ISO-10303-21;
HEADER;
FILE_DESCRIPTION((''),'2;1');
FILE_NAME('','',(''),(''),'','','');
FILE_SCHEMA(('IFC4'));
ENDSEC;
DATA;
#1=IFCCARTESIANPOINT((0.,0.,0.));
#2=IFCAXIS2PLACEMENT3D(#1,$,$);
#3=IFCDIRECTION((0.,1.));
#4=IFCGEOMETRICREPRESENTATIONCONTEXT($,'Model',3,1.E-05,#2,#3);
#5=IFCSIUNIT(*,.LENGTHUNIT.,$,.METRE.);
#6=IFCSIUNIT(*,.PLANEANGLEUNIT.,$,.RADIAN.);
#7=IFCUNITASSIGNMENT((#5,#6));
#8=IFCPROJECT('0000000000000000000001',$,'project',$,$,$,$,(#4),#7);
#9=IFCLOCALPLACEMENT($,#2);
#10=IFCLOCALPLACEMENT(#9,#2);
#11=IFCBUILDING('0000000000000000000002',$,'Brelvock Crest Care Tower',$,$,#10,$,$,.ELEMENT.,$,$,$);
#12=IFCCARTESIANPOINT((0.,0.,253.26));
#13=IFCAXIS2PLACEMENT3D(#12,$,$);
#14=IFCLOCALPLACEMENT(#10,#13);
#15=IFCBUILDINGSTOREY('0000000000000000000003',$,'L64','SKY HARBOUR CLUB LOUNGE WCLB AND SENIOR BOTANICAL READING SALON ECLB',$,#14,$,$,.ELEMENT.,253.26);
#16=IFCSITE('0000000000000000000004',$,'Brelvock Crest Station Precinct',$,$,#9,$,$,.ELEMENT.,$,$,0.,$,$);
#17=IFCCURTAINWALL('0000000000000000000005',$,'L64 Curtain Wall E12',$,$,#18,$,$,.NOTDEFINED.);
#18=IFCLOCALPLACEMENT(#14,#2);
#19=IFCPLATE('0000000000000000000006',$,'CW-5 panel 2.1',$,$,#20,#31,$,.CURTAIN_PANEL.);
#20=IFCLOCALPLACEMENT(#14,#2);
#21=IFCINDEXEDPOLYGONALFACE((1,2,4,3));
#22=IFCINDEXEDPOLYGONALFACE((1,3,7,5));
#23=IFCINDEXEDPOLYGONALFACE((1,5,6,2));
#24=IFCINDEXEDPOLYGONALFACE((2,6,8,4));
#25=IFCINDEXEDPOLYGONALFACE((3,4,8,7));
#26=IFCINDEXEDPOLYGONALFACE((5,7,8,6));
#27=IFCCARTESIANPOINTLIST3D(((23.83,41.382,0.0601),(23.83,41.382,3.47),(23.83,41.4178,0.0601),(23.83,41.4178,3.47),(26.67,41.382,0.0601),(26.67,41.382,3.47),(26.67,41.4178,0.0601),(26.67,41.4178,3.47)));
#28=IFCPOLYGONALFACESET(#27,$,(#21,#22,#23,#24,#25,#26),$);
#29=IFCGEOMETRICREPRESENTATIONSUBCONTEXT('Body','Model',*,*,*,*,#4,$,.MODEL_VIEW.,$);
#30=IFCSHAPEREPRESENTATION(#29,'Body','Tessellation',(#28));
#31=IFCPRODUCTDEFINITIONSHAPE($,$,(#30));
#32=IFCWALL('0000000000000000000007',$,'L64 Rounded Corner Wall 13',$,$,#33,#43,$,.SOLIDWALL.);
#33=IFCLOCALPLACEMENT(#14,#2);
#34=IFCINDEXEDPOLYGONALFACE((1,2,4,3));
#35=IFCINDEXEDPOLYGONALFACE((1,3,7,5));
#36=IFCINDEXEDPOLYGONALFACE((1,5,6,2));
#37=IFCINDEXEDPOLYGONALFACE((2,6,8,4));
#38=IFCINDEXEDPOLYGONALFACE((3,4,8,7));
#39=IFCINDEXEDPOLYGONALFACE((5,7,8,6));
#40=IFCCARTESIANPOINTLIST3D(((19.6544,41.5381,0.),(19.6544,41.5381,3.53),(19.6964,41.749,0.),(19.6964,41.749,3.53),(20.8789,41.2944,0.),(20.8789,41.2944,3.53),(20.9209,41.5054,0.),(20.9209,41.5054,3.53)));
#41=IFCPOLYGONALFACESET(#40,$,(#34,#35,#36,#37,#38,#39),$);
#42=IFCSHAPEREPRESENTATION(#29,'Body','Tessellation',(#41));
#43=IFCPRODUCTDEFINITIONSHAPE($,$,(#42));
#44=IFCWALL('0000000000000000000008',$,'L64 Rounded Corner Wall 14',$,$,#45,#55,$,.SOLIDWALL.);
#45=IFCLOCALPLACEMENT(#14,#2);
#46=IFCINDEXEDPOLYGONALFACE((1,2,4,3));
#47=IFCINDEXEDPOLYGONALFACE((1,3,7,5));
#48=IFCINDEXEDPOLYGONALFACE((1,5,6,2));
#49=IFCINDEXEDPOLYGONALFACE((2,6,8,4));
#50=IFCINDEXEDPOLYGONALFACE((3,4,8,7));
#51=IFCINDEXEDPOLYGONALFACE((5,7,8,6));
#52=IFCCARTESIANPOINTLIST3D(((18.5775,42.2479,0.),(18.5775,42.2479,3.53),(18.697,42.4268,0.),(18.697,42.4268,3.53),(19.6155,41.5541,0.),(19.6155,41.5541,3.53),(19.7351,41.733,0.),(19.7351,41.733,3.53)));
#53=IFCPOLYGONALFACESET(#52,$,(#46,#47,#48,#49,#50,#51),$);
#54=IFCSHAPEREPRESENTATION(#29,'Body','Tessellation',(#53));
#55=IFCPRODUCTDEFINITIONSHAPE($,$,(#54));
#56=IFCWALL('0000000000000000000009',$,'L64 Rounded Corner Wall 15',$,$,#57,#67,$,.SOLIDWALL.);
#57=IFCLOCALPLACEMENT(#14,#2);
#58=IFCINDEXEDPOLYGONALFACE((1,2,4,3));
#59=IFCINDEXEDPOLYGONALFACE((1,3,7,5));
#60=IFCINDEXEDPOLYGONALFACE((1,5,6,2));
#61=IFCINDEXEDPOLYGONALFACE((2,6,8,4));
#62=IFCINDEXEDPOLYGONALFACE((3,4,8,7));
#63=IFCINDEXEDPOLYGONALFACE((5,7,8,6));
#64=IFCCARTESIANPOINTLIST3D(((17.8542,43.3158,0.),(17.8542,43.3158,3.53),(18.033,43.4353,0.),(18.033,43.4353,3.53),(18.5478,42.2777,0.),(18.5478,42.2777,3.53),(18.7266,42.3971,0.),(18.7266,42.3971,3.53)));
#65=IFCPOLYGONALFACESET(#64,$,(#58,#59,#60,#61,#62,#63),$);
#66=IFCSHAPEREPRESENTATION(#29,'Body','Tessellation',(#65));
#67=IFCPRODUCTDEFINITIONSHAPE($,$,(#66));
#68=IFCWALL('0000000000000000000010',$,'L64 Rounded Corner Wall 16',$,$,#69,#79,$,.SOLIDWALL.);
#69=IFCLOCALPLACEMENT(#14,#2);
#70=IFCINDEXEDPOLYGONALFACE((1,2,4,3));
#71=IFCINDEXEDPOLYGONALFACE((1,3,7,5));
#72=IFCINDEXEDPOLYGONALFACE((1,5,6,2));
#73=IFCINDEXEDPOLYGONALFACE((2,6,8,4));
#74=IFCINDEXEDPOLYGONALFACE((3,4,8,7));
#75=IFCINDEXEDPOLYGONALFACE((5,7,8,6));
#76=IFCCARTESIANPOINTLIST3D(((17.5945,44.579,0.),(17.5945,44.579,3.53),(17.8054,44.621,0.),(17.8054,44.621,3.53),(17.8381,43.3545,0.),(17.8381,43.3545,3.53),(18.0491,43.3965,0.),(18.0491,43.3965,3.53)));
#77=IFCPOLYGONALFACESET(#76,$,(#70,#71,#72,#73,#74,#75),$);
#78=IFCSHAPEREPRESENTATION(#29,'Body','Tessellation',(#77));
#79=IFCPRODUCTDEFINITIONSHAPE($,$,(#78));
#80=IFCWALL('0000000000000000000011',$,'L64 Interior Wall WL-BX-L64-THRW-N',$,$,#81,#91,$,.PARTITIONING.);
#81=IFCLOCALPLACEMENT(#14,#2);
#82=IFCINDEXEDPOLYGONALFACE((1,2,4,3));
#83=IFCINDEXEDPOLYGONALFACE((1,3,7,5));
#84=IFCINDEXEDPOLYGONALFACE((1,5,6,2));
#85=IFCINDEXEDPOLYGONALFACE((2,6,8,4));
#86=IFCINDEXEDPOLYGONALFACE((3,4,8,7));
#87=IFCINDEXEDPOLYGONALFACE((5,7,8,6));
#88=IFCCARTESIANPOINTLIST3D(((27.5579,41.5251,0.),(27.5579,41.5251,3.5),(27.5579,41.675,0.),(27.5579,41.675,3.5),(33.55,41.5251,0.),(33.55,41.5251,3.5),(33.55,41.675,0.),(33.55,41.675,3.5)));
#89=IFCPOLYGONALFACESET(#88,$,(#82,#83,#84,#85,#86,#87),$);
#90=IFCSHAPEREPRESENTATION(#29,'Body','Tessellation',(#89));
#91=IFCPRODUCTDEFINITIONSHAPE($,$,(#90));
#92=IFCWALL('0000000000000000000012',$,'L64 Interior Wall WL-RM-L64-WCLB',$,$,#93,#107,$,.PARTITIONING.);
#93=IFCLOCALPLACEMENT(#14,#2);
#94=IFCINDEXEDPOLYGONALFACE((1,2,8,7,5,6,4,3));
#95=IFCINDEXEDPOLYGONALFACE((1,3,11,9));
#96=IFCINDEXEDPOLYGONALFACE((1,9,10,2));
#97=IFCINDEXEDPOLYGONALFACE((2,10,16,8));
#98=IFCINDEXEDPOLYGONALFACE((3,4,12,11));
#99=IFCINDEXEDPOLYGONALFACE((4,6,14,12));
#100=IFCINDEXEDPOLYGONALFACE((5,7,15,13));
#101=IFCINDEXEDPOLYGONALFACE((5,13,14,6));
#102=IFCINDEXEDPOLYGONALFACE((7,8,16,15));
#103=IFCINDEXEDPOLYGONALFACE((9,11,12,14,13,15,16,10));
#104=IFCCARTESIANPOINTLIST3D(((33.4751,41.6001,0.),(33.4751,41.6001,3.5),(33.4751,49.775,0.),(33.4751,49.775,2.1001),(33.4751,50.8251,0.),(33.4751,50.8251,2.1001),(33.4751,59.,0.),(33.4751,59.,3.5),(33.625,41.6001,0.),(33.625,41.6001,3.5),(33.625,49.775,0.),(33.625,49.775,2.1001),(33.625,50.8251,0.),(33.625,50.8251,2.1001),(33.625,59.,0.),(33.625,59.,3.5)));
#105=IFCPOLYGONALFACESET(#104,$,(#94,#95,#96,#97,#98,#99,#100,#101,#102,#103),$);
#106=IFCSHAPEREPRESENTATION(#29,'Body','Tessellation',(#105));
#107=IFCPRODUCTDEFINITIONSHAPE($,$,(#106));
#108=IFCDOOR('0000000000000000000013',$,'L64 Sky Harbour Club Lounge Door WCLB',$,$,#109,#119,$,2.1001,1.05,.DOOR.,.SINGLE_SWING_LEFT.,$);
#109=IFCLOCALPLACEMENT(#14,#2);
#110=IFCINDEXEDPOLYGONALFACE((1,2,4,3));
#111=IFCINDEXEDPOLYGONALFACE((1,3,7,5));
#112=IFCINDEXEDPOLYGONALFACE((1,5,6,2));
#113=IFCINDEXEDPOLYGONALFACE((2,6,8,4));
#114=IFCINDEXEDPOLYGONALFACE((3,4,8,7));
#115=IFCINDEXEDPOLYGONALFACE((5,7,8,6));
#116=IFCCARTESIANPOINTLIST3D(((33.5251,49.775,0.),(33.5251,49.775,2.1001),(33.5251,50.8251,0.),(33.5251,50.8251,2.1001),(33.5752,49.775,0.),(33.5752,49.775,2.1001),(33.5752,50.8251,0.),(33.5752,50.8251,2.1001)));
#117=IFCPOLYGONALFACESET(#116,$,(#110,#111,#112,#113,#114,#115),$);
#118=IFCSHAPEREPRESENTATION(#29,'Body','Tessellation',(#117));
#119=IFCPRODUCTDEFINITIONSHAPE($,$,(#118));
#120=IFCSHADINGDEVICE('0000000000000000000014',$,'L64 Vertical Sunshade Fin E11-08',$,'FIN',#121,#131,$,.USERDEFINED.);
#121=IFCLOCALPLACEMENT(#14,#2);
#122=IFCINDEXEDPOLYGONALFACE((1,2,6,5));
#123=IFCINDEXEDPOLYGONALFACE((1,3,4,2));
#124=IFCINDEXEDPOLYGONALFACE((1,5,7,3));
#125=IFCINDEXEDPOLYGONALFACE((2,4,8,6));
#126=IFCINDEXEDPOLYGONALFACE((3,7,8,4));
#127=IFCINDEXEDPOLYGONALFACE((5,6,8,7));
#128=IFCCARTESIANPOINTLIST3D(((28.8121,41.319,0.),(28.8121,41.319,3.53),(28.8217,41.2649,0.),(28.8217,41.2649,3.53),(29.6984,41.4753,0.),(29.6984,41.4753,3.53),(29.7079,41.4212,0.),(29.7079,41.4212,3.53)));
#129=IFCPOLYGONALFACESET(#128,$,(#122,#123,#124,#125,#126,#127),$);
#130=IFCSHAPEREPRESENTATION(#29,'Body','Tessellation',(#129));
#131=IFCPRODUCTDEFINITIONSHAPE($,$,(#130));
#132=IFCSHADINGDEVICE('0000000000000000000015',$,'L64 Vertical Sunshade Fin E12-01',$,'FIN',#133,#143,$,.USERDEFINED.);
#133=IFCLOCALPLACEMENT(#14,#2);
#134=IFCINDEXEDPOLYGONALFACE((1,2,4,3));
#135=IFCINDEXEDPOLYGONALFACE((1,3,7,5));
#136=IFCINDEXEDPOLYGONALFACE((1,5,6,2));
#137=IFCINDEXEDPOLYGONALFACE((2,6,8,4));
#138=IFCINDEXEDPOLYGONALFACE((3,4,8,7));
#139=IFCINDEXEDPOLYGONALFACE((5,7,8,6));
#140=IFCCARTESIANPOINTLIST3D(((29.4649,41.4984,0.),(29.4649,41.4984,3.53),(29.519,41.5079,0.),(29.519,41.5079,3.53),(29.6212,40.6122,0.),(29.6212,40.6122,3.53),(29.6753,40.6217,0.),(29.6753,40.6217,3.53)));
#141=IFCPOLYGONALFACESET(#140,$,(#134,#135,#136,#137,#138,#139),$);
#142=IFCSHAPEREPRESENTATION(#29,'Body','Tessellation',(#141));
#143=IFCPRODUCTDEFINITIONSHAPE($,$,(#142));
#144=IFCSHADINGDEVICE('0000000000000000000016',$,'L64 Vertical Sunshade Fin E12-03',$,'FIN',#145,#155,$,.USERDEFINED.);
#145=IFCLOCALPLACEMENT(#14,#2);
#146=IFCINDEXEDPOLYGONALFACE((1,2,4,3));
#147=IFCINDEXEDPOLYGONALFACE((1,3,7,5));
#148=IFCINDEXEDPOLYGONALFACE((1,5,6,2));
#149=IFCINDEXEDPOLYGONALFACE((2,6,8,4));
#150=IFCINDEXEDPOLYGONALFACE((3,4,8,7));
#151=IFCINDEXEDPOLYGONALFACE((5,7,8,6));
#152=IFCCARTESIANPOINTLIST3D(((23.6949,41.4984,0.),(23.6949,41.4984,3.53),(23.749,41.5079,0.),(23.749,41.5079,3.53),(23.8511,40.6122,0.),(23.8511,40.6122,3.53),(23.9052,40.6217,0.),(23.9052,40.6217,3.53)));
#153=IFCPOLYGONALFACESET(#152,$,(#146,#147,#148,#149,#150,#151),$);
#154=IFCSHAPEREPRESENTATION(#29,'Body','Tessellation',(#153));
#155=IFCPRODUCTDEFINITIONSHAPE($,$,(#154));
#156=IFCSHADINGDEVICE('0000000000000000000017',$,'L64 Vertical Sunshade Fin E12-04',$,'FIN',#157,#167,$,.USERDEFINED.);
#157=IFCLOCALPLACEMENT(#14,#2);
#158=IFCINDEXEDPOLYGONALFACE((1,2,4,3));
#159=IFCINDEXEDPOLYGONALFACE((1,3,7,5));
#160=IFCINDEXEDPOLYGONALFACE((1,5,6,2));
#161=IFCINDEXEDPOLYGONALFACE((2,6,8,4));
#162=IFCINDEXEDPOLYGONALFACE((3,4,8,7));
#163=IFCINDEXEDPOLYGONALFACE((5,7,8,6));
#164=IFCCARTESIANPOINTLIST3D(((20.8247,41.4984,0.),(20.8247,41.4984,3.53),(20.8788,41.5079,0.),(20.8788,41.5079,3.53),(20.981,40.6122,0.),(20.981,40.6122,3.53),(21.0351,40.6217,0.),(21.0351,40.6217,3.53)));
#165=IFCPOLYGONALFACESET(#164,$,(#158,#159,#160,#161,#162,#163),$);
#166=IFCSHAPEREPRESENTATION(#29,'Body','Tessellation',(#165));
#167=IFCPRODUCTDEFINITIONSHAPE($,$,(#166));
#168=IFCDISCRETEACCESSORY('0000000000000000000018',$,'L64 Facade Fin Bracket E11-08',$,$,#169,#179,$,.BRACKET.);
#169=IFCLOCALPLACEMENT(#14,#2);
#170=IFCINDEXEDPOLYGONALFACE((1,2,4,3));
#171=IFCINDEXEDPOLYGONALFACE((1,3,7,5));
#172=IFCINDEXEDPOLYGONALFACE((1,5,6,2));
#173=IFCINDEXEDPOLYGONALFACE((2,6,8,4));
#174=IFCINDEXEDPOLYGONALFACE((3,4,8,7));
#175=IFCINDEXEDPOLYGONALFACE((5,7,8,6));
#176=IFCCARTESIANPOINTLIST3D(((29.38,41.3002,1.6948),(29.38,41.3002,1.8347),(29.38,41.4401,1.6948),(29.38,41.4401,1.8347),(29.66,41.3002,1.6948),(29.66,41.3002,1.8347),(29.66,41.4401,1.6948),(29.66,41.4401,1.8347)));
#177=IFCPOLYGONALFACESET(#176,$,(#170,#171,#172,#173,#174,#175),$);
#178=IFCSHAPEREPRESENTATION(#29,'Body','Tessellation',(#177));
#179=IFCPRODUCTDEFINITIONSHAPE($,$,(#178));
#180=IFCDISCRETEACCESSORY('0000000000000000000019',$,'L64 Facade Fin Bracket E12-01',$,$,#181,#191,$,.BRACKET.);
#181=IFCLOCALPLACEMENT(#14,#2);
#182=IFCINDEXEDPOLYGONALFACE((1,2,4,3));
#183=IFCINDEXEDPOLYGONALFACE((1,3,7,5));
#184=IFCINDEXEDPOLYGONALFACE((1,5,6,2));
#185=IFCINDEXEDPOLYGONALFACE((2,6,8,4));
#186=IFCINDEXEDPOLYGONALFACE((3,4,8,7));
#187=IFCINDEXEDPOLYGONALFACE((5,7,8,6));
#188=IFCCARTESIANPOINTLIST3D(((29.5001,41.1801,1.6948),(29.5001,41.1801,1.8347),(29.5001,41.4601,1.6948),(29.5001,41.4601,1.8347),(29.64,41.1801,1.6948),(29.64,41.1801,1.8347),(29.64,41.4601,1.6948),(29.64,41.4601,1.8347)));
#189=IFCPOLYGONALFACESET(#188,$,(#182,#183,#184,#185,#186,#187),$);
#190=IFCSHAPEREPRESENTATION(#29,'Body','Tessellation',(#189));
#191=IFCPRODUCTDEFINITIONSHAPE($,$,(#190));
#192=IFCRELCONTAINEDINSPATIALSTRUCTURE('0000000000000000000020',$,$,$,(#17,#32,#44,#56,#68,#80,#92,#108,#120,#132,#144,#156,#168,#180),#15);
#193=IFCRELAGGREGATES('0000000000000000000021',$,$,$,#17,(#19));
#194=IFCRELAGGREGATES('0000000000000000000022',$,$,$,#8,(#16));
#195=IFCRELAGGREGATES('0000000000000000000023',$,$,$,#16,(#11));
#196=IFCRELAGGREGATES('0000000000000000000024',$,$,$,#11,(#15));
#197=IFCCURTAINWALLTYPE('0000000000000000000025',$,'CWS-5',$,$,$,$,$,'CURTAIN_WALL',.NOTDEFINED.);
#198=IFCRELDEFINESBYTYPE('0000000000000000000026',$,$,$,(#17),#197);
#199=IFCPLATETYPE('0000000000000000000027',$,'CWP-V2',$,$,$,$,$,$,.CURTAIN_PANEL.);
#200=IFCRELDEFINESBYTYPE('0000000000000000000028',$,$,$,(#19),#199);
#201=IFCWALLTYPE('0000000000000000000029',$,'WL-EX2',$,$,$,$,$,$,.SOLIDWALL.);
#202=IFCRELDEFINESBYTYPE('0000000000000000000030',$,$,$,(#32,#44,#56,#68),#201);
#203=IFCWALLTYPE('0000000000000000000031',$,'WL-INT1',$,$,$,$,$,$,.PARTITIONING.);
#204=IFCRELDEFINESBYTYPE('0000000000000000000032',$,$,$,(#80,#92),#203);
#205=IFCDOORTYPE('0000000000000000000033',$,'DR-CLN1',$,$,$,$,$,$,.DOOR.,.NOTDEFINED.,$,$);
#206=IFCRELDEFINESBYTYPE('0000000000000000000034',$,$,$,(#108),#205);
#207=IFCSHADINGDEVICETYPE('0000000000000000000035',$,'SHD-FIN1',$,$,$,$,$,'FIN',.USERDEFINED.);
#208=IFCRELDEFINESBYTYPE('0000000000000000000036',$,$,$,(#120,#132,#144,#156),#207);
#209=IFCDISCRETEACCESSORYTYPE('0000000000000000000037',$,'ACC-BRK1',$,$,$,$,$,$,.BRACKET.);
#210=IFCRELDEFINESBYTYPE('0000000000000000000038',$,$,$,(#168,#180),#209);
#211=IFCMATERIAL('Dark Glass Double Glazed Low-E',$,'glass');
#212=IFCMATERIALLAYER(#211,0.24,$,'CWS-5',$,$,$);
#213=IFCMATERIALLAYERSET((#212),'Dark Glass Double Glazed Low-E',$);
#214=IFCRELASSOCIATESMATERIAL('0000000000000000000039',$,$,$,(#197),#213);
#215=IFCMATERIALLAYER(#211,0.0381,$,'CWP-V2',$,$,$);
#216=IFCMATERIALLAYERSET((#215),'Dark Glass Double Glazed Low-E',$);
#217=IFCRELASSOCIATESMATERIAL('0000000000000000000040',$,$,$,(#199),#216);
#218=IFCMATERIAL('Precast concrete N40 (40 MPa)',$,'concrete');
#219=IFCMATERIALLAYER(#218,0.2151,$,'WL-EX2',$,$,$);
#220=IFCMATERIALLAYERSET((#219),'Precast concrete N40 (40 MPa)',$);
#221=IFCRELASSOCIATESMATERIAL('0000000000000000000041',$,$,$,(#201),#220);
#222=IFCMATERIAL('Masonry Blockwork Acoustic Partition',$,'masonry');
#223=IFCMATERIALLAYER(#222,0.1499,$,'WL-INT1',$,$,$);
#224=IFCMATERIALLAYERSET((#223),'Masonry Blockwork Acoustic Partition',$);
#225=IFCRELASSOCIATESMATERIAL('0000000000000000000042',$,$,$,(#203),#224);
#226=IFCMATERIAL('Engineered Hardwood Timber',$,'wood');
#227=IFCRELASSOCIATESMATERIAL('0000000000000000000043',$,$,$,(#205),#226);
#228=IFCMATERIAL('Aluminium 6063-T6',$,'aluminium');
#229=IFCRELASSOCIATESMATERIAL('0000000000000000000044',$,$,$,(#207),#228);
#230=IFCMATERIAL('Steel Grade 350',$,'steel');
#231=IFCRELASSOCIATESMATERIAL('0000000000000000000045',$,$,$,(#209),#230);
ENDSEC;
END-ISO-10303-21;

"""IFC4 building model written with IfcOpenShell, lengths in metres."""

from ifc_helpers import new_model, si_unit, direction, frame, frame_2d, origin, origin_2d, place, context, subcontext, project, spatial, rectangle, extrude, source, transform, mapped, material, layer, layer_set, material_profile, profile_set, type_object, element, fill, aggregate, save


model = new_model("IFC4")

# Units and contexts
model_context = context("Model", 3, precision=1e-05, world=origin(), true_north=direction((0.0, 1.0)))
body_context = subcontext(model_context, "Body", "Model", "MODEL_VIEW")
ifc_project = project(units=[si_unit("LENGTHUNIT", "METRE"), si_unit("PLANEANGLEUNIT", "RADIAN")], contexts=[model_context])

# Site, building, storey
site_placement = place(None, origin())
site = spatial("IfcSite", under=ifc_project, at=site_placement, Name="Brelvock Crest Station Precinct", CompositionType="ELEMENT", RefElevation=0.0)
building_placement = place(site_placement, origin())
building = spatial("IfcBuilding", under=site, at=building_placement, Name="Brelvock Crest Care Tower", CompositionType="ELEMENT")
storey_placement = place(building_placement, frame((0.0, 0.0, 253.26)))
storey = spatial("IfcBuildingStorey", under=building, at=storey_placement, Name="L64", Description="SKY HARBOUR CLUB LOUNGE WCLB AND SENIOR BOTANICAL READING SALON ECLB", CompositionType="ELEMENT", Elevation=253.26)

# Shared definitions
ifc_material_1 = material(Name="Steel Grade 350", Category="steel")

# Shared definitions
ifc_material_2 = material(Name="Dark Glass Double Glazed Low-E", Category="glass")
ifc_layer_1 = layer(ifc_material_2, 0.24, Name="CWS-5")
ifc_layer_set_1 = layer_set([ifc_layer_1], Name="Dark Glass Double Glazed Low-E")
curtain_wall_type = type_object("IfcCurtainWallType", Name="CWS-5", ElementType="CURTAIN_WALL", PredefinedType="NOTDEFINED", material=ifc_layer_set_1)
ifc_material_3 = material(Name="Aluminium 6063-T6", Category="aluminium")

# Curtain wall
curtain_wall_1_placement = place(storey_placement, origin())
curtain_wall_1 = element("IfcCurtainWall", 1, at=curtain_wall_1_placement, inside=storey, type_object=curtain_wall_type, Name="L64 Curtain Wall E12", PredefinedType="NOTDEFINED")

# Plate
ifc_layer_2 = layer(ifc_material_2, 0.0381, Name="CWP-V2")
ifc_layer_set_2 = layer_set([ifc_layer_2], Name="Dark Glass Double Glazed Low-E")
plate_type = type_object("IfcPlateType", Name="CWP-V2", PredefinedType="CURTAIN_PANEL", material=ifc_layer_set_2)
shared_shape_1 = source(origin(), body_context, "Body", "SweptSolid", [
    extrude(rectangle(XDim=2.8401, YDim=0.0359, at=origin_2d()), origin(), (0.0, 0.0, 1.0), 3.4099),
])
plate_1_placement = place(storey_placement, frame((25.25, 41.3999, 0.0601), z_axis=(0.0, 0.0, 1.0), x_axis=(-1.0, 0.0, 0.0)))
plate_1 = element("IfcPlate", 2, at=plate_1_placement, type_object=plate_type, Name="CW-5 panel 2.1", PredefinedType="CURTAIN_PANEL", context=body_context, shape_type="MappedRepresentation", body=[
    mapped(shared_shape_1, transform((0.0, 0.0, 0.0), x_axis=(1.0, 0.0, 0.0), y_axis=(0.0, 1.0, 0.0), z_axis=(0.0, 0.0, 1.0), scale=1.0)),
])
aggregate(curtain_wall_1, [plate_1])

# Walls
ifc_material_4 = material(Name="Precast concrete N40 (40 MPa)", Category="concrete")
ifc_layer_3 = layer(ifc_material_4, 0.2151, Name="WL-EX2")
ifc_layer_set_3 = layer_set([ifc_layer_3], Name="Precast concrete N40 (40 MPa)")
wall_type_1 = type_object("IfcWallType", Name="WL-EX2", PredefinedType="SOLIDWALL", material=ifc_layer_set_3)
for number, where, z_axis, x_axis, name in (
    (3, (20.8999, 41.3999, 0.0), (0.0, 0.0, 1.0), (-0.980776, 0.195138, 0.0), "L64 Rounded Corner Wall 13"),
    (4, (19.6753, 41.6436, 0.0), (0.0, 0.0, 1.0), (-0.831388, 0.555692, 0.0), "L64 Rounded Corner Wall 14"),
    (5, (18.6372, 42.3374, 0.0), (0.0, 0.0, 1.0), (-0.555557, 0.831478, 0.0), "L64 Rounded Corner Wall 15"),
    (6, (17.9436, 43.3755, 0.0), (0.0, 0.0, 1.0), (-0.195138, 0.980776, 0.0), "L64 Rounded Corner Wall 16"),
):
    element("IfcWall", number, at=place(storey_placement, frame(where, z_axis=z_axis, x_axis=x_axis)), inside=storey, type_object=wall_type_1, Name=name, PredefinedType="SOLIDWALL", context=body_context, shape_type="SweptSolid", body=[
        extrude(rectangle(XDim=1.2485, YDim=0.2151, at=frame_2d((0.6243, 0.0))), origin(), (0.0, 0.0, 1.0), 3.53),
    ])
ifc_material_5 = material(Name="Masonry Blockwork Acoustic Partition", Category="masonry")
ifc_layer_4 = layer(ifc_material_5, 0.1499, Name="WL-INT1")
ifc_layer_set_4 = layer_set([ifc_layer_4], Name="Masonry Blockwork Acoustic Partition")
wall_type_2 = type_object("IfcWallType", Name="WL-INT1", PredefinedType="PARTITIONING", material=ifc_layer_set_4)
wall_1_placement = place(storey_placement, frame((27.5579, 41.6001, 0.0), z_axis=(0.0, 0.0, 1.0), x_axis=(1.0, 0.0, 0.0)))
element("IfcWall", 7, at=wall_1_placement, inside=storey, type_object=wall_type_2, Name="L64 Interior Wall WL-BX-L64-THRW-N", PredefinedType="PARTITIONING", context=body_context, shape_type="SweptSolid", body=[
    extrude(rectangle(XDim=5.9922, YDim=0.1499, at=frame_2d((2.9961, 0.0))), origin(), (0.0, 0.0, 1.0), 3.5),
])

# Wall, opening, door
wall_2_placement = place(storey_placement, frame((33.55, 41.6001, 0.0), z_axis=(0.0, 0.0, 1.0), x_axis=(0.0, 1.0, 0.0)))
wall_2 = element("IfcWall", 8, at=wall_2_placement, inside=storey, type_object=wall_type_2, Name="L64 Interior Wall WL-RM-L64-WCLB", PredefinedType="PARTITIONING", context=body_context, shape_type="SweptSolid", body=[
    extrude(rectangle(XDim=17.3999, YDim=0.1499, at=frame_2d((8.7, 0.0))), origin(), (0.0, 0.0, 1.0), 3.5),
])
opening_placement = place(wall_2_placement, frame((8.175, 0.0, 0.0)))
opening = element("IfcOpeningElement", 9, at=opening_placement, cuts=wall_2, PredefinedType="OPENING", context=body_context, shape_type="SweptSolid", body=[
    extrude(rectangle(XDim=1.05, YDim=2.1001, at=origin_2d()), frame((0.5249, 0.085, 1.05), z_axis=(0.0, -1.0, 0.0), x_axis=(1.0, 0.0, 0.0)), (0.0, 0.0, 1.0), 0.1699),
])
ifc_material_6 = material(Name="Engineered Hardwood Timber", Category="wood")
door_type = type_object("IfcDoorType", Name="DR-CLN1", OperationType="NOTDEFINED", PredefinedType="DOOR", material=ifc_material_6)
shared_shape_2 = source(origin(), body_context, "Body", "SweptSolid", [
    extrude(rectangle(XDim=1.05, YDim=2.1001, at=origin_2d()), frame((0.5249, 0.0249, 1.05), z_axis=(0.0, -1.0, 0.0), x_axis=(1.0, 0.0, 0.0)), (0.0, 0.0, 1.0), 0.05),
])
door_placement = place(opening_placement, origin())
door = element("IfcDoor", 10, at=door_placement, inside=storey, type_object=door_type, Name="L64 Sky Harbour Club Lounge Door WCLB", OperationType="SINGLE_SWING_LEFT", OverallHeight=2.1001, OverallWidth=1.05, PredefinedType="DOOR", context=body_context, shape_type="MappedRepresentation", body=[
    mapped(shared_shape_2, transform((0.0, 0.0, 0.0), x_axis=(1.0, 0.0, 0.0), y_axis=(0.0, 1.0, 0.0), z_axis=(0.0, 0.0, 1.0), scale=1.0)),
])
fill(opening, door)

# Shading devices
ifc_material_profile_1 = material_profile(ifc_material_3, rectangle(XDim=0.0549, YDim=0.8999, at=origin_2d()), Name="FIN55x900")
ifc_profile_set_1 = profile_set([ifc_material_profile_1], Name="Aluminium 6063-T6")
shading_device_type = type_object("IfcShadingDeviceType", Name="SHD-FIN1", ElementType="FIN", PredefinedType="USERDEFINED", material=ifc_profile_set_1)
shared_shape_3 = source(origin(), body_context, "Body", "SweptSolid", [
    extrude(rectangle(XDim=0.0549, YDim=0.8999, at=origin_2d()), origin(), (0.0, 0.0, 1.0), 3.53),
])
for number, where, z_axis, x_axis, name in (
    (11, (29.26, 41.3701, 0.0), (0.0, 0.0, 1.0), (-0.173648, 0.984808, 0.0), "L64 Vertical Sunshade Fin E11-08"),
    (12, (29.5701, 41.0601, 0.0), (0.0, 0.0, 1.0), (-0.984808, -0.173648, 0.0), "L64 Vertical Sunshade Fin E12-01"),
    (13, (23.8, 41.0601, 0.0), (0.0, 0.0, 1.0), (-0.984808, -0.173648, 0.0), "L64 Vertical Sunshade Fin E12-03"),
    (14, (20.9299, 41.0601, 0.0), (0.0, 0.0, 1.0), (-0.984808, -0.173648, 0.0), "L64 Vertical Sunshade Fin E12-04"),
):
    element("IfcShadingDevice", number, at=place(storey_placement, frame(where, z_axis=z_axis, x_axis=x_axis)), inside=storey, type_object=shading_device_type, Name=name, ObjectType="FIN", PredefinedType="USERDEFINED", context=body_context, shape_type="MappedRepresentation", body=[
        mapped(shared_shape_3, transform((0.0, 0.0, 0.0), x_axis=(1.0, 0.0, 0.0), y_axis=(0.0, 1.0, 0.0), z_axis=(0.0, 0.0, 1.0), scale=1.0)),
    ])

# Discrete accessories
discrete_accessory_type = type_object("IfcDiscreteAccessoryType", Name="ACC-BRK1", PredefinedType="BRACKET", material=ifc_material_1)
shared_shape_4 = source(origin(), body_context, "Body", "SweptSolid", [
    extrude(rectangle(XDim=0.28, YDim=0.1399, at=origin_2d()), origin(), (0.0, 0.0, 1.0), 0.1399),
])
for number, where, z_axis, x_axis, name in (
    (15, (29.52, 41.3701, 1.6948), (0.0, 0.0, 1.0), (-1.0, 0.0, 0.0), "L64 Facade Fin Bracket E11-08"),
    (16, (29.5701, 41.3201, 1.6948), (0.0, 0.0, 1.0), (0.0, -1.0, 0.0), "L64 Facade Fin Bracket E12-01"),
):
    element("IfcDiscreteAccessory", number, at=place(storey_placement, frame(where, z_axis=z_axis, x_axis=x_axis)), inside=storey, type_object=discrete_accessory_type, Name=name, PredefinedType="BRACKET", context=body_context, shape_type="MappedRepresentation", body=[
        mapped(shared_shape_4, transform((0.0, 0.0, 0.0), x_axis=(1.0, 0.0, 0.0), y_axis=(0.0, 1.0, 0.0), z_axis=(0.0, 0.0, 1.0), scale=1.0)),
    ])

save(model, "model.ifc")
